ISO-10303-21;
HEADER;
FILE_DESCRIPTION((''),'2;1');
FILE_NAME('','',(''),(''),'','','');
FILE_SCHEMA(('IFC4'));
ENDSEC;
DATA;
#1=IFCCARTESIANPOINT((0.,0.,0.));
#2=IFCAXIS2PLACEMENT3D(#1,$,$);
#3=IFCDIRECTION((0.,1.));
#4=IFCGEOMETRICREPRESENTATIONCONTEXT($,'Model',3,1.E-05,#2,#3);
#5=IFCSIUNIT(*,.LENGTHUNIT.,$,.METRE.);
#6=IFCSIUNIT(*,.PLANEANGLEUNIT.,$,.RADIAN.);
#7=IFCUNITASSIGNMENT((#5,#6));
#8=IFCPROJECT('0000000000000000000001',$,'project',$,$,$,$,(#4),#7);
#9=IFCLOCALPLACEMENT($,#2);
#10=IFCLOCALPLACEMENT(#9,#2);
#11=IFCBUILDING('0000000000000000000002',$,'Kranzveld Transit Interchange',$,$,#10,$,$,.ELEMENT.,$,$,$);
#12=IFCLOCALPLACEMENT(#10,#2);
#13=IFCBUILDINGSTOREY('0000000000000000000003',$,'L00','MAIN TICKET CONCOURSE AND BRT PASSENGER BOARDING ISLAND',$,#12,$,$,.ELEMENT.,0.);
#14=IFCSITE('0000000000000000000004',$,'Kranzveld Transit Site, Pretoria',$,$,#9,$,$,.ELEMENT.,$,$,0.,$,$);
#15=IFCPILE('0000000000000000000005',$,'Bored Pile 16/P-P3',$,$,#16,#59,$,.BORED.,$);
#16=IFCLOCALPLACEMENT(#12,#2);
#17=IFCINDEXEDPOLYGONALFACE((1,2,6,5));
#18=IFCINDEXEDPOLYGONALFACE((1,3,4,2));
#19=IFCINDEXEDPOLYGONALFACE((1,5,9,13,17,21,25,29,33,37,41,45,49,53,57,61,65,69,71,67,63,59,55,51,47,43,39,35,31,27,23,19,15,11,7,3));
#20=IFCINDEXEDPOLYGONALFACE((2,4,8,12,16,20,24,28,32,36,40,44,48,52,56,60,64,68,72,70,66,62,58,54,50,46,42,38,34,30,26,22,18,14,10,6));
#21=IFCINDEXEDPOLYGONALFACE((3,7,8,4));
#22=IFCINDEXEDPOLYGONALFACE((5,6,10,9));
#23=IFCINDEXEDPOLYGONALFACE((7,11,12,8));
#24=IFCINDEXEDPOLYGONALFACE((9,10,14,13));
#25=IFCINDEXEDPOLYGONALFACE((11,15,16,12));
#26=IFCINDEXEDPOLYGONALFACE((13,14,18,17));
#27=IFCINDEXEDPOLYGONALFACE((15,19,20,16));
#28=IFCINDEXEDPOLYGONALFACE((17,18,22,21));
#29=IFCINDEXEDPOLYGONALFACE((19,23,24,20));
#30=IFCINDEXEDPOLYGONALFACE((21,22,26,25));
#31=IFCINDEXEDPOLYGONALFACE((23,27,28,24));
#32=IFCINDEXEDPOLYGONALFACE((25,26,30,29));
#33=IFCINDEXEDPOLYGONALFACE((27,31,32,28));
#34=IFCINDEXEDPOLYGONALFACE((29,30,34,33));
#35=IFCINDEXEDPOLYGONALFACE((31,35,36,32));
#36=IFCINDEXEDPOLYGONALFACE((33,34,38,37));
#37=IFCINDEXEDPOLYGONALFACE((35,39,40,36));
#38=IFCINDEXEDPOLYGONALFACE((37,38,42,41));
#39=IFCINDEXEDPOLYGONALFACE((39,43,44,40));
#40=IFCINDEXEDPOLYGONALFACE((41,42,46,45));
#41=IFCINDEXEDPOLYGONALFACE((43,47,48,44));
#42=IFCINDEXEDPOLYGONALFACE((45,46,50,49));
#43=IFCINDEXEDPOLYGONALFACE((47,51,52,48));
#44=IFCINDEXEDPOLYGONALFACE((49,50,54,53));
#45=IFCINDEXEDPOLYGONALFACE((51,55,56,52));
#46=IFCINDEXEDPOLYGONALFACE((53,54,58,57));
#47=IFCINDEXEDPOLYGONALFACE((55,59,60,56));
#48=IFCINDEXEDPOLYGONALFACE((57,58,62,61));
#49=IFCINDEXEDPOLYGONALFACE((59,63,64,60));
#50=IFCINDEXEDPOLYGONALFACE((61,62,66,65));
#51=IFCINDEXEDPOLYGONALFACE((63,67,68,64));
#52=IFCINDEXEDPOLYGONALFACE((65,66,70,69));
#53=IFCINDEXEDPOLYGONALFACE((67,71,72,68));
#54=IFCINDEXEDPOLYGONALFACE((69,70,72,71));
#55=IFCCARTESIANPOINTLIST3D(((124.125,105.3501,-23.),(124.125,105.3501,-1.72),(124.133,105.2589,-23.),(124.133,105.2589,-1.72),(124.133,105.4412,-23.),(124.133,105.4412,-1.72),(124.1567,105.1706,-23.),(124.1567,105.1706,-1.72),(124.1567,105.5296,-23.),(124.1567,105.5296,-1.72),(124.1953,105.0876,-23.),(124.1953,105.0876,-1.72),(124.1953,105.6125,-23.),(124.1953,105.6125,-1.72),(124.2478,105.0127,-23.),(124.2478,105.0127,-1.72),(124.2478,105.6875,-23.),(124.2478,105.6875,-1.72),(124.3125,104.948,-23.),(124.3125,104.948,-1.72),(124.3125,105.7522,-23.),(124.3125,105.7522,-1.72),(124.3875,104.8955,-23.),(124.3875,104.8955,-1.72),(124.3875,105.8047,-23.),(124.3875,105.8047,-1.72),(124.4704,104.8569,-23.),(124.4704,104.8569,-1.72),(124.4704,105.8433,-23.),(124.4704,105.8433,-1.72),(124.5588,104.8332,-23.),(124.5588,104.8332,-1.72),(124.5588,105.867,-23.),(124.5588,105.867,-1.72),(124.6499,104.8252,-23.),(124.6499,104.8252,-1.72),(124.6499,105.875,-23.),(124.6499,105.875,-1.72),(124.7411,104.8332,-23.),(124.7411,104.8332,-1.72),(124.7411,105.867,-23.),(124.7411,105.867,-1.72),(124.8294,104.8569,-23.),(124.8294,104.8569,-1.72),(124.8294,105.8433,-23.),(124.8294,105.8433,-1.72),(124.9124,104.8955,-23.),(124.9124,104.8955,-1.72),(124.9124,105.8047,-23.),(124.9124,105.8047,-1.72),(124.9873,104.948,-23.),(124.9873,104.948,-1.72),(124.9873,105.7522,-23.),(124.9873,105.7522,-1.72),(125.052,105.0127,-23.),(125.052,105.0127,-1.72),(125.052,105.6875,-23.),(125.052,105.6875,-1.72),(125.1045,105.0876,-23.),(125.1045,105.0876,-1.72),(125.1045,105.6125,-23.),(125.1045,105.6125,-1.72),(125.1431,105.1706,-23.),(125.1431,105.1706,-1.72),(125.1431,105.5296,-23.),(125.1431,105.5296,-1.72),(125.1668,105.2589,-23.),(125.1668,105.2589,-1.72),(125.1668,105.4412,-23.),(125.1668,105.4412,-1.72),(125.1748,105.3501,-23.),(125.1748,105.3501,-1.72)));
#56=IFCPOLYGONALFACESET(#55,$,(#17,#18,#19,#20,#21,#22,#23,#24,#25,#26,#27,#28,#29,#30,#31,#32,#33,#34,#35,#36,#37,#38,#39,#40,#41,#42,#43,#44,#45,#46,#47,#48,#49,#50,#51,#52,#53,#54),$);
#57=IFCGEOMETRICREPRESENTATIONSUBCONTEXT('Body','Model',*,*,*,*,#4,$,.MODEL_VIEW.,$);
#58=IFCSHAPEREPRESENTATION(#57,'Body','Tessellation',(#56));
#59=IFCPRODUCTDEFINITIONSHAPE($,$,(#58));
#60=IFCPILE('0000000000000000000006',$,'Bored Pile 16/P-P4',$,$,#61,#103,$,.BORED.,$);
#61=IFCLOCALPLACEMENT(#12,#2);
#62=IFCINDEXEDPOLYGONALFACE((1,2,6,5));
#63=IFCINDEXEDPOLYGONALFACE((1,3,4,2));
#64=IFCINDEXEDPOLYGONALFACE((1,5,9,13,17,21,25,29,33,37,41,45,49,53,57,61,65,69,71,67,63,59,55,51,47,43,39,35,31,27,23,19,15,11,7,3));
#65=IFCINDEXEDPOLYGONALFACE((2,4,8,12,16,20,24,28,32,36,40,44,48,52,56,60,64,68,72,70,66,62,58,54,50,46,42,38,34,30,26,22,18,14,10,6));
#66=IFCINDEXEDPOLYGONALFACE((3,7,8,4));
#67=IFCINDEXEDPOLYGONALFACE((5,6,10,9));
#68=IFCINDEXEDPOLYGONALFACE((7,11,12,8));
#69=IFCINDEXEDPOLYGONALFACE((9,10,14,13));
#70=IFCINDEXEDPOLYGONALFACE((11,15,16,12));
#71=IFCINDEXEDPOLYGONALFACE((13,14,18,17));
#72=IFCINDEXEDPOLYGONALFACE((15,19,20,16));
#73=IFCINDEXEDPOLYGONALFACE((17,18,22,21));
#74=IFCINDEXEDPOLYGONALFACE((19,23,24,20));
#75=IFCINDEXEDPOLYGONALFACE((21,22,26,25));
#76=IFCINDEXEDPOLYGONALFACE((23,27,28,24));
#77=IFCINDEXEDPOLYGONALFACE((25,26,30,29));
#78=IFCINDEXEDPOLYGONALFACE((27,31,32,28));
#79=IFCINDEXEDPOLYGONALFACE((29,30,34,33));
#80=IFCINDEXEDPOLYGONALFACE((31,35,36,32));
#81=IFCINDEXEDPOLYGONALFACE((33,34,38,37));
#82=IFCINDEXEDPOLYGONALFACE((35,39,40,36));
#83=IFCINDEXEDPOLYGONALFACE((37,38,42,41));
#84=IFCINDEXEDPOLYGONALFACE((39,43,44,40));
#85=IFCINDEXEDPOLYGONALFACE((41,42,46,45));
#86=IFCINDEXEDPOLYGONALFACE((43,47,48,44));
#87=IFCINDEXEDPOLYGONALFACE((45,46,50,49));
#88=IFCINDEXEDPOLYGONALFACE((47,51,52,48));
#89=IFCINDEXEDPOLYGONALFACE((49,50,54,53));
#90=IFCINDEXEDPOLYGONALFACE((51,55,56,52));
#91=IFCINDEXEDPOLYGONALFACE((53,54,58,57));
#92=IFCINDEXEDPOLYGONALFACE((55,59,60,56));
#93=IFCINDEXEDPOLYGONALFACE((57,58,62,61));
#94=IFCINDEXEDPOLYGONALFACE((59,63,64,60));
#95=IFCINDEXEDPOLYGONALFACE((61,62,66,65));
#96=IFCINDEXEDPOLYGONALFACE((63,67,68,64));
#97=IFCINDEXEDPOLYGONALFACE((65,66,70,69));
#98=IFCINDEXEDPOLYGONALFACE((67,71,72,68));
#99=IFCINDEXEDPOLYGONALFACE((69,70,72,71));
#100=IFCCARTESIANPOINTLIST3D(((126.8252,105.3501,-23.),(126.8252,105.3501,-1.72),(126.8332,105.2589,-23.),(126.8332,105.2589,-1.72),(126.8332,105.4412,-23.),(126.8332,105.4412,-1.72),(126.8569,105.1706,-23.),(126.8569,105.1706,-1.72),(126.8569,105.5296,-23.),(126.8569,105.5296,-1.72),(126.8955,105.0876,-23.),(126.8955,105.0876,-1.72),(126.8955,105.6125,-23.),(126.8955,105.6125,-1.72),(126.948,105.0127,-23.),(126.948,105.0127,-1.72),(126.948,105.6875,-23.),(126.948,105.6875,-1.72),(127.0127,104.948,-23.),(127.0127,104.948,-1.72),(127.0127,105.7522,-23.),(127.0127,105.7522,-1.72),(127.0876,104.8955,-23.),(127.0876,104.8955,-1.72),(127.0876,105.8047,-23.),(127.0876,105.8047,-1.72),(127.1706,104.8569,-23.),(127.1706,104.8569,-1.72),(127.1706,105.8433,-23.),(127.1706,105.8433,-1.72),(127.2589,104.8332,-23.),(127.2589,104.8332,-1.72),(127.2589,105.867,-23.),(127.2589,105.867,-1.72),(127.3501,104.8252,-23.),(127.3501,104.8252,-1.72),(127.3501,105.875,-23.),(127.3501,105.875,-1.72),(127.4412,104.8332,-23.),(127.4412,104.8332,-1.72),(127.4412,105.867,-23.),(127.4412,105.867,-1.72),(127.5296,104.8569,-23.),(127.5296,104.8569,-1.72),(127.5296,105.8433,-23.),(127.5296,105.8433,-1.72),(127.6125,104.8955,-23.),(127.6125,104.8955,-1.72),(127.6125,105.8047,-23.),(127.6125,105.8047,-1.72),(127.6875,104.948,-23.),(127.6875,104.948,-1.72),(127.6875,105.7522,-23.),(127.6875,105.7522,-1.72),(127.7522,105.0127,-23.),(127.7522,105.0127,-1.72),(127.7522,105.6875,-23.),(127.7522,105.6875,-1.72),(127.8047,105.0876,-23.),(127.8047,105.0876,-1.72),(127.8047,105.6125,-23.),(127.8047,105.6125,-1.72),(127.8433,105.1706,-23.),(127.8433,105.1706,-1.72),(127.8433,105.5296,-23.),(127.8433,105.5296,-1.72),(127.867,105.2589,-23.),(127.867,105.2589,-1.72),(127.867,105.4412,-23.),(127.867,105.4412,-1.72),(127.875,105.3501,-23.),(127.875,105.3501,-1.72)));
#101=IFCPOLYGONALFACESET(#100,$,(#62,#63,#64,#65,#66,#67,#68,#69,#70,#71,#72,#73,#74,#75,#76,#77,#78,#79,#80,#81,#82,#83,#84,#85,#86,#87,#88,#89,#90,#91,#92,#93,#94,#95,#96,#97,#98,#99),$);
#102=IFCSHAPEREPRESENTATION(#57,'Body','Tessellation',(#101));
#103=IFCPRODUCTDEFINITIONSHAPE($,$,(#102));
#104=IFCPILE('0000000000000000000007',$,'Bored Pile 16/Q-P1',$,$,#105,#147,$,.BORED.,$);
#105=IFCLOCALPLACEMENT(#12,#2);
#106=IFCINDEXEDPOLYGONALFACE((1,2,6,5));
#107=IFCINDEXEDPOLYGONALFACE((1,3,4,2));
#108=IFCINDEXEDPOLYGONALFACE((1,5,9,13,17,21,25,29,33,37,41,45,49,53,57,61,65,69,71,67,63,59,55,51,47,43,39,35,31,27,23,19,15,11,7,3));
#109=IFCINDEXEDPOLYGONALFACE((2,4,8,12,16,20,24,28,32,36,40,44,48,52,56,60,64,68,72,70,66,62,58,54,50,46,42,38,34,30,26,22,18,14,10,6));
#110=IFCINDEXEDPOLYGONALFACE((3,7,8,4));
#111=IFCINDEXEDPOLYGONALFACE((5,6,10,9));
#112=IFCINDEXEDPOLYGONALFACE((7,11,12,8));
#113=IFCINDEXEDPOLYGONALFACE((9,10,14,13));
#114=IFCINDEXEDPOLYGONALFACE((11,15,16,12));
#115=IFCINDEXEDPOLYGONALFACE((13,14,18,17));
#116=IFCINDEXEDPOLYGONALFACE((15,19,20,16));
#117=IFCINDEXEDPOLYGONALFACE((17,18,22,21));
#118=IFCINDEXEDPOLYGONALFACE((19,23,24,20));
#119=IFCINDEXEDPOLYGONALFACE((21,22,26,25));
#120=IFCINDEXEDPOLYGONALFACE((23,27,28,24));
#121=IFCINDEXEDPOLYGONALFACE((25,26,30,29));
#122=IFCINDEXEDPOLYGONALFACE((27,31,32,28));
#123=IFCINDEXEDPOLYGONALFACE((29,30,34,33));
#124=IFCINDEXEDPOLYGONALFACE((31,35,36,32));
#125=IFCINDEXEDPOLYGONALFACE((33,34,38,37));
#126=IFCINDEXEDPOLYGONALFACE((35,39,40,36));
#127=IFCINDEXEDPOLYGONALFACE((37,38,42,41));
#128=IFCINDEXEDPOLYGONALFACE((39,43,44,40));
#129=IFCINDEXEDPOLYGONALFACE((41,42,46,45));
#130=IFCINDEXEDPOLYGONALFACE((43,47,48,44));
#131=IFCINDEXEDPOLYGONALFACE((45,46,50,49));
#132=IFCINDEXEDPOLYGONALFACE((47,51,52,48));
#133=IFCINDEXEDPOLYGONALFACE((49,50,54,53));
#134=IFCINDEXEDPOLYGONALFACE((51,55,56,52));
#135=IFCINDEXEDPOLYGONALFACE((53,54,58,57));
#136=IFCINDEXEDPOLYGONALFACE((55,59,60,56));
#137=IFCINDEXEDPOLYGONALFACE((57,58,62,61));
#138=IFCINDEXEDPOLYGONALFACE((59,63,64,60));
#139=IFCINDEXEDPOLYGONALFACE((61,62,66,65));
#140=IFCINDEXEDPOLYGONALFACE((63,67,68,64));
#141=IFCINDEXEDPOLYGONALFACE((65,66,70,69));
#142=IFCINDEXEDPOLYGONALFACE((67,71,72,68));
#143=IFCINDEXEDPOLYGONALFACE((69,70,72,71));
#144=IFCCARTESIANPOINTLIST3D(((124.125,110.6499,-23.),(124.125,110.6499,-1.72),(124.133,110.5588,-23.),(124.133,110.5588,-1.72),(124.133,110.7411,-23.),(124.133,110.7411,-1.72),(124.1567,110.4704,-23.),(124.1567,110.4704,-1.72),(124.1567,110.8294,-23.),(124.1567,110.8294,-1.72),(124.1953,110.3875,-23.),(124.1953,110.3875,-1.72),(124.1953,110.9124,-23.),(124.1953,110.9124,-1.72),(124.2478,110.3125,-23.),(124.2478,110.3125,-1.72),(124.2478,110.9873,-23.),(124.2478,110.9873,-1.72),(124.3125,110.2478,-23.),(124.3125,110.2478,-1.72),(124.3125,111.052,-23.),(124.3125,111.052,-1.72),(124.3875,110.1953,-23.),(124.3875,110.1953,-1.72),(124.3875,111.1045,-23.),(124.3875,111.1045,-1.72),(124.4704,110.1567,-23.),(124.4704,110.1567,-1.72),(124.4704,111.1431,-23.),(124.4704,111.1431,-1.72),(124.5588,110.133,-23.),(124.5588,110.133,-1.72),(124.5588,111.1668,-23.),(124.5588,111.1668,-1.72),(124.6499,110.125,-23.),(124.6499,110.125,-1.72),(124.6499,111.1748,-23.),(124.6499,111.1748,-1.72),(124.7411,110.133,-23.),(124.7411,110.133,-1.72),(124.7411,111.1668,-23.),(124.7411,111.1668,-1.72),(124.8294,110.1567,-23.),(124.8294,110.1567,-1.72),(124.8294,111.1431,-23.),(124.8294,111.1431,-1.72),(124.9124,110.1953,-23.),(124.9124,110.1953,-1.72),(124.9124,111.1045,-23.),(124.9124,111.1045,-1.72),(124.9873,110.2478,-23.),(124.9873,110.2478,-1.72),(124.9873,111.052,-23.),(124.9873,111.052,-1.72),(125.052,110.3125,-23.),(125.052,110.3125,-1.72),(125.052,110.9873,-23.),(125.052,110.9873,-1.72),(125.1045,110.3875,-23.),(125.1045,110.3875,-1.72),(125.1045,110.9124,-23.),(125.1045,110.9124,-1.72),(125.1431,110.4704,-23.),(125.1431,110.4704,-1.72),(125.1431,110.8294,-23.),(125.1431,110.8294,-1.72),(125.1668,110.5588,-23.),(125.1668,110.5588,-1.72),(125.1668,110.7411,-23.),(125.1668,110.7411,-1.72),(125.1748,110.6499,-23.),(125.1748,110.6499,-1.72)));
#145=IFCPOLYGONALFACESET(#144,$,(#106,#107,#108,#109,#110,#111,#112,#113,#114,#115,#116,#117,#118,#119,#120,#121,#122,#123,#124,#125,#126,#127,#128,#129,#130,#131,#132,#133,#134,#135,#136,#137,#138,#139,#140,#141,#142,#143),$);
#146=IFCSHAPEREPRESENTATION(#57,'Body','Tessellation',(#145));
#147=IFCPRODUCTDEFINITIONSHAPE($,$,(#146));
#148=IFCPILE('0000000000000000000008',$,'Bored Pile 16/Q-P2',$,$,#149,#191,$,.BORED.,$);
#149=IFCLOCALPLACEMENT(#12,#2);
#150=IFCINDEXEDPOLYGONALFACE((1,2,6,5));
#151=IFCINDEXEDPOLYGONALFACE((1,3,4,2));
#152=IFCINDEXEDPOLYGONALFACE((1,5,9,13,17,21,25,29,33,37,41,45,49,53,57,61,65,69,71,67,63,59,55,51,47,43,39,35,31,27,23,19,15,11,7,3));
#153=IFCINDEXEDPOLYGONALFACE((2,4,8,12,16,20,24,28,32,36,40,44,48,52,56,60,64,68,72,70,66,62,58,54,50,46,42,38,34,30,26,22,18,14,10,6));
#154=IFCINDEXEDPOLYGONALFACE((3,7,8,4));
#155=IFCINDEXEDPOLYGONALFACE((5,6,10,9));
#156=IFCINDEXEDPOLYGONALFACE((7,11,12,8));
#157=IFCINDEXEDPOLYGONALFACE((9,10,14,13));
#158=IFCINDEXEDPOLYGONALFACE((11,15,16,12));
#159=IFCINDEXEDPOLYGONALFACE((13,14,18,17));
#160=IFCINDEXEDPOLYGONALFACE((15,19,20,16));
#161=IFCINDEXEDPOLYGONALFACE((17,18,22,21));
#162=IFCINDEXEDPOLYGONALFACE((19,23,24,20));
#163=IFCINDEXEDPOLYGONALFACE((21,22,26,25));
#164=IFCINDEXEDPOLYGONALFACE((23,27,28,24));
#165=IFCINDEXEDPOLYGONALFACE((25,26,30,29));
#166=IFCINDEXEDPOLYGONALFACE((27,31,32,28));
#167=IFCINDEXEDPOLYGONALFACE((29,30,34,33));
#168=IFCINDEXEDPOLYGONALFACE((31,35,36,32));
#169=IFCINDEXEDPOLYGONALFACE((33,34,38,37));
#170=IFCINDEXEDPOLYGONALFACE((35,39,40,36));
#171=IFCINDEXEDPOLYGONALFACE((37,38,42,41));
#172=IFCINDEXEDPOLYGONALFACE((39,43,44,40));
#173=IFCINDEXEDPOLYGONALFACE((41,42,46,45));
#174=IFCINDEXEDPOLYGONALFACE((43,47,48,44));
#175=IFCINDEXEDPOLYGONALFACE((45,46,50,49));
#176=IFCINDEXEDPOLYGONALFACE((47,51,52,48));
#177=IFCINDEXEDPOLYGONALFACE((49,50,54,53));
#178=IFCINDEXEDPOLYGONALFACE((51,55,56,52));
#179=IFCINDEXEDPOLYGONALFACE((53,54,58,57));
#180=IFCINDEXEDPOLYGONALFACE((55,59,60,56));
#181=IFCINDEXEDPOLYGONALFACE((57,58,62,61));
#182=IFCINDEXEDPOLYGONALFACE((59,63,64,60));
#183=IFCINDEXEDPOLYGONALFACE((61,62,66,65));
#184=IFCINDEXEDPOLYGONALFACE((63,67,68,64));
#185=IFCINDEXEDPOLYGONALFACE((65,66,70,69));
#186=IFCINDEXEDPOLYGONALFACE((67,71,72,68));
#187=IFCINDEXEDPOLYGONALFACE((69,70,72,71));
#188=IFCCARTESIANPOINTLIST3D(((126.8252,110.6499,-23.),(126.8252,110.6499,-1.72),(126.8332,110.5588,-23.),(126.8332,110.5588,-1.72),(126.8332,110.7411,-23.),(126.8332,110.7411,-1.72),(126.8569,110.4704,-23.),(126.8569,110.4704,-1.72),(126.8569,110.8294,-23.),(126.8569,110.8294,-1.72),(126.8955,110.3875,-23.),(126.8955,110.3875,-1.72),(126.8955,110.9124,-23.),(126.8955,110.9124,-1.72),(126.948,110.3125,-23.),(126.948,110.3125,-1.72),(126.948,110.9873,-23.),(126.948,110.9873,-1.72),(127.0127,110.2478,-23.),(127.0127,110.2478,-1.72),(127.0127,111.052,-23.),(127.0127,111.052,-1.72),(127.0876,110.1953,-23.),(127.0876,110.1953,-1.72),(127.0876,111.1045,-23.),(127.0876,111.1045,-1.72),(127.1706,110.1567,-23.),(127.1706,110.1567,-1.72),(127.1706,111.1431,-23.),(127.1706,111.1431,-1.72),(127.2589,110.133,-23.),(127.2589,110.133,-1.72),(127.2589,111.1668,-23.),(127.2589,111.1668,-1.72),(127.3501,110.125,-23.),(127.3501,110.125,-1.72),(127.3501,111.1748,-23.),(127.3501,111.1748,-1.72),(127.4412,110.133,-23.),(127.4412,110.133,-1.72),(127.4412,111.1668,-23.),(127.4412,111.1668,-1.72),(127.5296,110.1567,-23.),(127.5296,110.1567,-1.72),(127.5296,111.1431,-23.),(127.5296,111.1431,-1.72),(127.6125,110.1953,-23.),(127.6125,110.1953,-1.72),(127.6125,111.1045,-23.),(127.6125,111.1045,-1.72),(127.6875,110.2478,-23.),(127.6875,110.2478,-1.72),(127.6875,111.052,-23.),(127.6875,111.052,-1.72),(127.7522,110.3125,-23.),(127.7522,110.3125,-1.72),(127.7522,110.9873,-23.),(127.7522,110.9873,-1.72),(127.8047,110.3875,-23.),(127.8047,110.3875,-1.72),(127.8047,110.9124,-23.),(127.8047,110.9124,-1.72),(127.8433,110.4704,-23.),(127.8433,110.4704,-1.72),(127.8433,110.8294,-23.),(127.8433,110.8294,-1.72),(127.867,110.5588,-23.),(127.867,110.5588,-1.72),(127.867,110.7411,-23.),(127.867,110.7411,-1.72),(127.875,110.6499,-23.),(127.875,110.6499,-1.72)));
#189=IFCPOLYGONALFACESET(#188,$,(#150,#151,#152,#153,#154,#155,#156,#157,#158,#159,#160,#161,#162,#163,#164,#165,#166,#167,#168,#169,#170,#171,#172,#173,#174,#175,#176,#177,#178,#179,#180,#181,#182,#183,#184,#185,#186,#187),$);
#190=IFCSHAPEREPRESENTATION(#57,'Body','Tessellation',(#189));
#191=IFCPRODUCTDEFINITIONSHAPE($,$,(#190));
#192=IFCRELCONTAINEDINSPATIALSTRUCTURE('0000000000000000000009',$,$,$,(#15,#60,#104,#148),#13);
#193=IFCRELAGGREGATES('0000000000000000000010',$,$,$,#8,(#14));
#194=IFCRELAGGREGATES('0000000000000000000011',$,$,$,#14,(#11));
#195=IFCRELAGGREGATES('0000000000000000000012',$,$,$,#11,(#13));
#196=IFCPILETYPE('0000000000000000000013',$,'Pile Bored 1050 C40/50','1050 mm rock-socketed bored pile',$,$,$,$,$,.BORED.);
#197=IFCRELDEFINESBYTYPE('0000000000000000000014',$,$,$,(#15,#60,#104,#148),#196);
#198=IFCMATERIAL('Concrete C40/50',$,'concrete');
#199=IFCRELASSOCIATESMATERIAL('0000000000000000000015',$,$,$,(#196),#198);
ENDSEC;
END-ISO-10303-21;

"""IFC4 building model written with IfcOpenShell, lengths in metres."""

from ifc_helpers import new_model, si_unit, direction, frame, origin, origin_2d, place, context, subcontext, project, spatial, circle, extrude, material, material_profile, profile_set, type_object, element, save


model = new_model("IFC4")

# Units and contexts
model_context = context("Model", 3, precision=1e-05, world=origin(), true_north=direction((0.0, 1.0)))
body_context = subcontext(model_context, "Body", "Model", "MODEL_VIEW")
ifc_project = project(units=[si_unit("LENGTHUNIT", "METRE"), si_unit("PLANEANGLEUNIT", "RADIAN")], contexts=[model_context])

# Site, building, storey
site_placement = place(None, origin())
site = spatial("IfcSite", under=ifc_project, at=site_placement, Name="Kranzveld Transit Site, Pretoria", CompositionType="ELEMENT", RefElevation=0.0)
building_placement = place(site_placement, origin())
building = spatial("IfcBuilding", under=site, at=building_placement, Name="Kranzveld Transit Interchange", CompositionType="ELEMENT")
storey_placement = place(building_placement, origin())
storey = spatial("IfcBuildingStorey", under=building, at=storey_placement, Name="L00", Description="MAIN TICKET CONCOURSE AND BRT PASSENGER BOARDING ISLAND", CompositionType="ELEMENT", Elevation=0.0)

# Piles
ifc_material_1 = material(Name="Concrete C40/50", Category="concrete")
ifc_material_profile_1 = material_profile(ifc_material_1, circle(Radius=0.5249, at=origin_2d()), Name="BORED PILE 1050")
ifc_profile_set_1 = profile_set([ifc_material_profile_1], Name="Concrete C40/50")
pile_type = type_object("IfcPileType", Name="Pile Bored 1050 C40/50", Description="1050 mm rock-socketed bored pile", PredefinedType="BORED", material=ifc_profile_set_1)
for number, where, z_axis, x_axis, name in (
    (1, (124.6499, 105.3501, -1.72), (0.0, 0.0, -1.0), (1.0, 0.0, 0.0), "Bored Pile 16/P-P3"),
    (2, (127.3501, 105.3501, -1.72), (0.0, 0.0, -1.0), (1.0, 0.0, 0.0), "Bored Pile 16/P-P4"),
    (3, (124.6499, 110.6499, -1.72), (0.0, 0.0, -1.0), (1.0, 0.0, 0.0), "Bored Pile 16/Q-P1"),
    (4, (127.3501, 110.6499, -1.72), (0.0, 0.0, -1.0), (1.0, 0.0, 0.0), "Bored Pile 16/Q-P2"),
):
    element("IfcPile", number, at=place(storey_placement, frame(where, z_axis=z_axis, x_axis=x_axis)), inside=storey, type_object=pile_type, Name=name, PredefinedType="BORED", context=body_context, shape_type="SweptSolid", body=[
        extrude(circle(Radius=0.5249, at=origin_2d()), origin(), (0.0, 0.0, 1.0), 21.28),
    ])

save(model, "model.ifc")
